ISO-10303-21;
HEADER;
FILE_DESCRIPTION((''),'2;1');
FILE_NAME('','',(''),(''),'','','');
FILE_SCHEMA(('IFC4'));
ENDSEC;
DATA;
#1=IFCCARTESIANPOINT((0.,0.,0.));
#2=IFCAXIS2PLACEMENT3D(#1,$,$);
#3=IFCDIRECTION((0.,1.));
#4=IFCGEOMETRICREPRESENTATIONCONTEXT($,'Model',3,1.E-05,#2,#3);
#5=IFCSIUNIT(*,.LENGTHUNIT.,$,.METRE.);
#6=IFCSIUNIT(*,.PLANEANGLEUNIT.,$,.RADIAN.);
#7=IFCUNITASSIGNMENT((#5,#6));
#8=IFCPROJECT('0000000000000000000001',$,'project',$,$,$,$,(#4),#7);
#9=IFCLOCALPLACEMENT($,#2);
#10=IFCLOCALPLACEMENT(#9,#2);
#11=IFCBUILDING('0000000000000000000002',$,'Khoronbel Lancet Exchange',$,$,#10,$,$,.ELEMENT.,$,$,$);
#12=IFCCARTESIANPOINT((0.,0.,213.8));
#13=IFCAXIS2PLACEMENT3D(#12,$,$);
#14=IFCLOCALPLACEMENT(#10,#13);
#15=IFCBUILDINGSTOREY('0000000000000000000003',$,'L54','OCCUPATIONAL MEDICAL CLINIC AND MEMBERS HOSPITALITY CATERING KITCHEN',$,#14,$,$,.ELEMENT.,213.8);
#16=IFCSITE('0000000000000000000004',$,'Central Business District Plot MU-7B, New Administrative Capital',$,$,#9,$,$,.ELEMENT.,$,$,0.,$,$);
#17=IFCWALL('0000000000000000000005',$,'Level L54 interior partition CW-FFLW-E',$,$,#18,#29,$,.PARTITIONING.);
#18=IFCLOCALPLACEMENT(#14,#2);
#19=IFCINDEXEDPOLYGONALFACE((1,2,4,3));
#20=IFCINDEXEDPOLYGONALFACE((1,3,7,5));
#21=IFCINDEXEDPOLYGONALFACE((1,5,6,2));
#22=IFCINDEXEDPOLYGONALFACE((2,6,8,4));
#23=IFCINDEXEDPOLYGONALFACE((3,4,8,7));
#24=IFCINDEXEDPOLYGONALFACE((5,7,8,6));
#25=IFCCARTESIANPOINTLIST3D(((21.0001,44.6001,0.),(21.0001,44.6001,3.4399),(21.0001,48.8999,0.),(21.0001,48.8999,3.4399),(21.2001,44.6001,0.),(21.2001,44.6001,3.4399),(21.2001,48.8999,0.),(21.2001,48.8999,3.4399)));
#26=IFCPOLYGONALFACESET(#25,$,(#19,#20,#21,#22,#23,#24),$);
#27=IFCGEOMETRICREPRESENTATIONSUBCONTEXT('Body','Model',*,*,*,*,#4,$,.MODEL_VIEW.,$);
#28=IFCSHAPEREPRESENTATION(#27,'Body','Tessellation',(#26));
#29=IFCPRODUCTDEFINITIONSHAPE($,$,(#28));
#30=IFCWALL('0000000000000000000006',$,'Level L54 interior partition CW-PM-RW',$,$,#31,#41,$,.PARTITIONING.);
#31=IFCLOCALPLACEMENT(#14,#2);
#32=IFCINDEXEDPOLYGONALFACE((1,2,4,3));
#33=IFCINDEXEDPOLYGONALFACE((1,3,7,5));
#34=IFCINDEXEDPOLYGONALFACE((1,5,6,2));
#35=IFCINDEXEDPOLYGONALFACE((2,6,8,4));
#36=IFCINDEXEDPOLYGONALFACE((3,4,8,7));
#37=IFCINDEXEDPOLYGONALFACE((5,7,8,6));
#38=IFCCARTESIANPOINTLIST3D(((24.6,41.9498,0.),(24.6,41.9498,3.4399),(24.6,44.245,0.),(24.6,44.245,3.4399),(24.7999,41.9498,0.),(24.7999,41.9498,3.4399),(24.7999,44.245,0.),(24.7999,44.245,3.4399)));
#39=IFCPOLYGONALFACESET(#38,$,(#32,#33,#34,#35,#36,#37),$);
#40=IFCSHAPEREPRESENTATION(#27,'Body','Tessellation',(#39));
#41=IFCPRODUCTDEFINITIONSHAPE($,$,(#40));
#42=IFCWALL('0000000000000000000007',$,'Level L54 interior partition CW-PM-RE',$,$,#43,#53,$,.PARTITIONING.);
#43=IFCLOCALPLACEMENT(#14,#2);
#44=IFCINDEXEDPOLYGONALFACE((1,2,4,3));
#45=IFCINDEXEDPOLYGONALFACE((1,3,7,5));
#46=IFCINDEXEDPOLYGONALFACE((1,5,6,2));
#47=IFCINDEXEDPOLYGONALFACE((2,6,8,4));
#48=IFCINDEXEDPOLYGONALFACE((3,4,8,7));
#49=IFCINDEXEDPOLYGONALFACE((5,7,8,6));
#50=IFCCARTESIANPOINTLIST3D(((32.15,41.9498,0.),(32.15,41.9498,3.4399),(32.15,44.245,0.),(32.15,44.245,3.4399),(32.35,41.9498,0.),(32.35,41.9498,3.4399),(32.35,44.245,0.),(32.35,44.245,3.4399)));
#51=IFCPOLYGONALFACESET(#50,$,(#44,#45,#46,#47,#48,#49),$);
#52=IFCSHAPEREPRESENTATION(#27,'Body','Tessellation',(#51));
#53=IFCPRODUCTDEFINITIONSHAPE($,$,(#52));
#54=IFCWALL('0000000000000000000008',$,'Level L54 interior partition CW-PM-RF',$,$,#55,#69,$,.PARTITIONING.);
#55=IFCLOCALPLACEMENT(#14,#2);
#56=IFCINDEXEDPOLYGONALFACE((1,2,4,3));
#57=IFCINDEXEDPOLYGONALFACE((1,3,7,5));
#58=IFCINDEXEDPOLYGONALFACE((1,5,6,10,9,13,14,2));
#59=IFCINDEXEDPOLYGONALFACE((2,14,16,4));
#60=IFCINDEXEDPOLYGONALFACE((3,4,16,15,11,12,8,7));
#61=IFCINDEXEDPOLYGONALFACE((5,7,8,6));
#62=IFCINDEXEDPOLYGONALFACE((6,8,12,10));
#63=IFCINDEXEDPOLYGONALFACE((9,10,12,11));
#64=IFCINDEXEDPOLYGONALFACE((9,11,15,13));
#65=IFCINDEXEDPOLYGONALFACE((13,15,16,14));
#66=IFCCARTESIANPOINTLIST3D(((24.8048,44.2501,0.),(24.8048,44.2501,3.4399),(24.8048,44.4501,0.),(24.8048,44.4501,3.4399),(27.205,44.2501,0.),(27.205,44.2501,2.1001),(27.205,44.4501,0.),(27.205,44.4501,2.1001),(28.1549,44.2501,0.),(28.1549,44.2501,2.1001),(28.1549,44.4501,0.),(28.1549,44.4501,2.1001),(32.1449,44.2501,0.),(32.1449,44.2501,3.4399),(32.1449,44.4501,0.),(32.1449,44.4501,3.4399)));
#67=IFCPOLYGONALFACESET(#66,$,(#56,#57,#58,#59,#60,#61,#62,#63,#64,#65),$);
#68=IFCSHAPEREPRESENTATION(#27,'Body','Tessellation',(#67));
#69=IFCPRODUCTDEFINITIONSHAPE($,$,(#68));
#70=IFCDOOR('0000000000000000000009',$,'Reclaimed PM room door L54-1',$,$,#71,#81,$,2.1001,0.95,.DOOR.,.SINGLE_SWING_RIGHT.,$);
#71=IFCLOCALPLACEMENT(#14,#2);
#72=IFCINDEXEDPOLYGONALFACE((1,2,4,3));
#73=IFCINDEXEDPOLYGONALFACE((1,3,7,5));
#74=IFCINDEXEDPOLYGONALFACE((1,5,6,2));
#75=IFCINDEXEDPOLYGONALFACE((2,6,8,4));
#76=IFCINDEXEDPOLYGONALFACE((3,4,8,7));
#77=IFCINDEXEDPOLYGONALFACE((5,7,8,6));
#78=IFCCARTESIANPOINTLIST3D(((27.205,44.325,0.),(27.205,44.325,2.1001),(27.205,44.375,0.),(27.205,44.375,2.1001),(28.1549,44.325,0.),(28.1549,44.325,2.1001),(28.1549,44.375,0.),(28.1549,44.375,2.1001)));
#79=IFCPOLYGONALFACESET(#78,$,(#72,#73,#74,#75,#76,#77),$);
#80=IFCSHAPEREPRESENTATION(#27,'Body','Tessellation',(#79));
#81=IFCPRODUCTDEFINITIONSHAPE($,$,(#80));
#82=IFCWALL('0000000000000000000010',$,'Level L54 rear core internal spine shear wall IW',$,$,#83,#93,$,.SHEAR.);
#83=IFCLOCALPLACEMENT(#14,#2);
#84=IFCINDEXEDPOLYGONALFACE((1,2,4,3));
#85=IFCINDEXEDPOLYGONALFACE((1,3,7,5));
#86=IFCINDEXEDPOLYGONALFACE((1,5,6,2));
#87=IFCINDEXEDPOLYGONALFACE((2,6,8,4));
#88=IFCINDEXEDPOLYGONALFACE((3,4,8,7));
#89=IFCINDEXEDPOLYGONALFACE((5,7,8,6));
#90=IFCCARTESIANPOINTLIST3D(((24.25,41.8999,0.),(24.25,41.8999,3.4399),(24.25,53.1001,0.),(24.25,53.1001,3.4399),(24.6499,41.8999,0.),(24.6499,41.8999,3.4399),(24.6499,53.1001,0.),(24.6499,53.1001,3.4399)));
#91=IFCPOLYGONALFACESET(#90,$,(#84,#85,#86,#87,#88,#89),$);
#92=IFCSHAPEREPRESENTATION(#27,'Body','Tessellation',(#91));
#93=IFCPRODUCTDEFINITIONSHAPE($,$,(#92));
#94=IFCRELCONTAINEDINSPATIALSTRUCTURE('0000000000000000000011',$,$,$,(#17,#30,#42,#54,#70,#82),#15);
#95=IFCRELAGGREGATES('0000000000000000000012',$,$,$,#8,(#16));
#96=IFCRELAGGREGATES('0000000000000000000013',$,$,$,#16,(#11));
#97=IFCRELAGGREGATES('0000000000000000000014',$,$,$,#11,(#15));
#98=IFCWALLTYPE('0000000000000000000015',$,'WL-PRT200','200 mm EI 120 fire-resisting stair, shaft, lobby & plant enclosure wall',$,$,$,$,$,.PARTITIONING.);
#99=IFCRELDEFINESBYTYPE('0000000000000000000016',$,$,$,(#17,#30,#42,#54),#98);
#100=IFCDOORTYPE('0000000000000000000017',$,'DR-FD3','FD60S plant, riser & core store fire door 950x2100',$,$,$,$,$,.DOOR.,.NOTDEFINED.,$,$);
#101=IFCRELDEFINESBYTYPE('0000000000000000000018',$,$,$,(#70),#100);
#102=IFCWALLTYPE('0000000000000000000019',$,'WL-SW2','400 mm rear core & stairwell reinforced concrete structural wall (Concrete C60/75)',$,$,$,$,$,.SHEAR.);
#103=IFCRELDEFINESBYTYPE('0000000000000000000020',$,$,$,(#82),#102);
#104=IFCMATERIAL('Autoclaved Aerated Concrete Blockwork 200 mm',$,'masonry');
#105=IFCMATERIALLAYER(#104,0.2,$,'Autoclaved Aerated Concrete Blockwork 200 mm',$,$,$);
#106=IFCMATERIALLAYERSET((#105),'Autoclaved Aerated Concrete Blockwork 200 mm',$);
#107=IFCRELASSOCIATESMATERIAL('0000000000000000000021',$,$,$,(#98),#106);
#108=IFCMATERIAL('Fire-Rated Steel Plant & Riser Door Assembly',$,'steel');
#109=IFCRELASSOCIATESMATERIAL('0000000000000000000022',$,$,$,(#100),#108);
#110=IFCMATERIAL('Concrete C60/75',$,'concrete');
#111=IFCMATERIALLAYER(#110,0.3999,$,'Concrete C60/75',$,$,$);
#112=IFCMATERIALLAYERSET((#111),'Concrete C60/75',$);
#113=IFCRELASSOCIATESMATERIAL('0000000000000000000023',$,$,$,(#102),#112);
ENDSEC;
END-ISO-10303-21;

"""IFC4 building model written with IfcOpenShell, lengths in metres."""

from ifc_helpers import new_model, si_unit, direction, frame, frame_2d, origin, place, context, subcontext, project, spatial, rectangle, extrude, material, layer, layer_set, type_object, element, fill, save


model = new_model("IFC4")

# Units and contexts
model_context = context("Model", 3, precision=1e-05, world=origin(), true_north=direction((0.0, 1.0)))
body_context = subcontext(model_context, "Body", "Model", "MODEL_VIEW")
ifc_project = project(units=[si_unit("LENGTHUNIT", "METRE"), si_unit("PLANEANGLEUNIT", "RADIAN")], contexts=[model_context])

# Site, building, storey
site_placement = place(None, origin())
site = spatial("IfcSite", under=ifc_project, at=site_placement, Name="Central Business District Plot MU-7B, New Administrative Capital", CompositionType="ELEMENT", RefElevation=0.0)
building_placement = place(site_placement, origin())
building = spatial("IfcBuilding", under=site, at=building_placement, Name="Khoronbel Lancet Exchange", CompositionType="ELEMENT")
storey_placement = place(building_placement, frame((0.0, 0.0, 213.8)))
storey = spatial("IfcBuildingStorey", under=building, at=storey_placement, Name="L54", Description="OCCUPATIONAL MEDICAL CLINIC AND MEMBERS HOSPITALITY CATERING KITCHEN", CompositionType="ELEMENT", Elevation=213.8)

# Shared definitions
ifc_material_1 = material(Name="Concrete C60/75", Category="concrete")

# Shared definitions
ifc_material_2 = material(Name="Autoclaved Aerated Concrete Blockwork 200 mm", Category="masonry")
ifc_layer_1 = layer(ifc_material_2, 0.2, Name="Autoclaved Aerated Concrete Blockwork 200 mm")
ifc_layer_set_1 = layer_set([ifc_layer_1], Name="Autoclaved Aerated Concrete Blockwork 200 mm")
wall_type_1 = type_object("IfcWallType", Name="WL-PRT200", Description="200 mm EI 120 fire-resisting stair, shaft, lobby & plant enclosure wall", PredefinedType="PARTITIONING", material=ifc_layer_set_1)

# Wall
wall_1_placement = place(storey_placement, frame((21.1001, 44.6001, 0.0), z_axis=(0.0, 0.0, 1.0), x_axis=(0.0, 1.0, 0.0)))
element("IfcWall", 1, at=wall_1_placement, inside=storey, type_object=wall_type_1, Name="Level L54 interior partition CW-FFLW-E", PredefinedType="PARTITIONING", context=body_context, shape_type="SweptSolid", body=[
    extrude(rectangle(XDim=4.2998, YDim=0.2, at=frame_2d((2.1499, 0.0))), origin(), (0.0, 0.0, 1.0), 3.4399),
])

# Walls
for number, where, z_axis, x_axis, name in (
    (2, (24.7, 41.95, 0.0), (0.0, 0.0, 1.0), (0.0, 1.0, 0.0), "Level L54 interior partition CW-PM-RW"),
    (3, (32.25, 41.95, 0.0), (0.0, 0.0, 1.0), (0.0, 1.0, 0.0), "Level L54 interior partition CW-PM-RE"),
):
    element("IfcWall", number, at=place(storey_placement, frame(where, z_axis=z_axis, x_axis=x_axis)), inside=storey, type_object=wall_type_1, Name=name, PredefinedType="PARTITIONING", context=body_context, shape_type="SweptSolid", body=[
        extrude(rectangle(XDim=2.2952, YDim=0.2, at=frame_2d((1.1475, 0.0))), origin(), (0.0, 0.0, 1.0), 3.4399),
    ])

# Wall, opening, door
wall_2_placement = place(storey_placement, frame((24.8049, 44.3501, 0.0), z_axis=(0.0, 0.0, 1.0), x_axis=(1.0, 0.0, 0.0)))
wall_2 = element("IfcWall", 4, at=wall_2_placement, inside=storey, type_object=wall_type_1, Name="Level L54 interior partition CW-PM-RF", PredefinedType="PARTITIONING", context=body_context, shape_type="SweptSolid", body=[
    extrude(rectangle(XDim=7.3401, YDim=0.2, at=frame_2d((3.6699, 0.0))), origin(), (0.0, 0.0, 1.0), 3.4399),
])
opening_1_placement = place(wall_2_placement, frame((2.3999, 0.0, 0.0)))
opening_1 = element("IfcOpeningElement", 5, at=opening_1_placement, cuts=wall_2, PredefinedType="OPENING", context=body_context, shape_type="SweptSolid", body=[
    extrude(rectangle(XDim=0.95, YDim=2.1001, at=frame_2d((0.4751, 1.05))), frame((0.0, 0.1099, 0.0), z_axis=(0.0, -1.0, 0.0), x_axis=(1.0, 0.0, 0.0)), (0.0, 0.0, 1.0), 0.22),
])
ifc_material_3 = material(Name="Fire-Rated Steel Plant & Riser Door Assembly", Category="steel")
door_type_1 = type_object("IfcDoorType", Name="DR-FD3", Description="FD60S plant, riser & core store fire door 950x2100", OperationType="NOTDEFINED", PredefinedType="DOOR", material=ifc_material_3)
door_1_placement = place(opening_1_placement, origin())
door_1 = element("IfcDoor", 6, at=door_1_placement, inside=storey, type_object=door_type_1, Name="Reclaimed PM room door L54-1", OperationType="SINGLE_SWING_RIGHT", OverallHeight=2.1001, OverallWidth=0.95, PredefinedType="DOOR", context=body_context, shape_type="SweptSolid", body=[
    extrude(rectangle(XDim=0.95, YDim=2.1001, at=frame_2d((0.4751, 1.05))), frame((0.0, 0.0249, 0.0), z_axis=(0.0, -1.0, 0.0), x_axis=(1.0, 0.0, 0.0)), (0.0, 0.0, 1.0), 0.05),
])
fill(opening_1, door_1)

# Wall
ifc_layer_2 = layer(ifc_material_1, 0.3999, Name="Concrete C60/75")
ifc_layer_set_2 = layer_set([ifc_layer_2], Name="Concrete C60/75")
wall_type_2 = type_object("IfcWallType", Name="WL-SW2", Description="400 mm rear core & stairwell reinforced concrete structural wall (Concrete C60/75)", PredefinedType="SHEAR", material=ifc_layer_set_2)
wall_3_placement = place(storey_placement, frame((24.45, 41.8999, 0.0), z_axis=(0.0, 0.0, 1.0), x_axis=(0.0, 1.0, 0.0)))
element("IfcWall", 7, at=wall_3_placement, inside=storey, type_object=wall_type_2, Name="Level L54 rear core internal spine shear wall IW", PredefinedType="SHEAR", context=body_context, shape_type="SweptSolid", body=[
    extrude(rectangle(XDim=11.2002, YDim=0.3999, at=frame_2d((5.6001, 0.0))), origin(), (0.0, 0.0, 1.0), 3.4399),
])

save(model, "model.ifc")
